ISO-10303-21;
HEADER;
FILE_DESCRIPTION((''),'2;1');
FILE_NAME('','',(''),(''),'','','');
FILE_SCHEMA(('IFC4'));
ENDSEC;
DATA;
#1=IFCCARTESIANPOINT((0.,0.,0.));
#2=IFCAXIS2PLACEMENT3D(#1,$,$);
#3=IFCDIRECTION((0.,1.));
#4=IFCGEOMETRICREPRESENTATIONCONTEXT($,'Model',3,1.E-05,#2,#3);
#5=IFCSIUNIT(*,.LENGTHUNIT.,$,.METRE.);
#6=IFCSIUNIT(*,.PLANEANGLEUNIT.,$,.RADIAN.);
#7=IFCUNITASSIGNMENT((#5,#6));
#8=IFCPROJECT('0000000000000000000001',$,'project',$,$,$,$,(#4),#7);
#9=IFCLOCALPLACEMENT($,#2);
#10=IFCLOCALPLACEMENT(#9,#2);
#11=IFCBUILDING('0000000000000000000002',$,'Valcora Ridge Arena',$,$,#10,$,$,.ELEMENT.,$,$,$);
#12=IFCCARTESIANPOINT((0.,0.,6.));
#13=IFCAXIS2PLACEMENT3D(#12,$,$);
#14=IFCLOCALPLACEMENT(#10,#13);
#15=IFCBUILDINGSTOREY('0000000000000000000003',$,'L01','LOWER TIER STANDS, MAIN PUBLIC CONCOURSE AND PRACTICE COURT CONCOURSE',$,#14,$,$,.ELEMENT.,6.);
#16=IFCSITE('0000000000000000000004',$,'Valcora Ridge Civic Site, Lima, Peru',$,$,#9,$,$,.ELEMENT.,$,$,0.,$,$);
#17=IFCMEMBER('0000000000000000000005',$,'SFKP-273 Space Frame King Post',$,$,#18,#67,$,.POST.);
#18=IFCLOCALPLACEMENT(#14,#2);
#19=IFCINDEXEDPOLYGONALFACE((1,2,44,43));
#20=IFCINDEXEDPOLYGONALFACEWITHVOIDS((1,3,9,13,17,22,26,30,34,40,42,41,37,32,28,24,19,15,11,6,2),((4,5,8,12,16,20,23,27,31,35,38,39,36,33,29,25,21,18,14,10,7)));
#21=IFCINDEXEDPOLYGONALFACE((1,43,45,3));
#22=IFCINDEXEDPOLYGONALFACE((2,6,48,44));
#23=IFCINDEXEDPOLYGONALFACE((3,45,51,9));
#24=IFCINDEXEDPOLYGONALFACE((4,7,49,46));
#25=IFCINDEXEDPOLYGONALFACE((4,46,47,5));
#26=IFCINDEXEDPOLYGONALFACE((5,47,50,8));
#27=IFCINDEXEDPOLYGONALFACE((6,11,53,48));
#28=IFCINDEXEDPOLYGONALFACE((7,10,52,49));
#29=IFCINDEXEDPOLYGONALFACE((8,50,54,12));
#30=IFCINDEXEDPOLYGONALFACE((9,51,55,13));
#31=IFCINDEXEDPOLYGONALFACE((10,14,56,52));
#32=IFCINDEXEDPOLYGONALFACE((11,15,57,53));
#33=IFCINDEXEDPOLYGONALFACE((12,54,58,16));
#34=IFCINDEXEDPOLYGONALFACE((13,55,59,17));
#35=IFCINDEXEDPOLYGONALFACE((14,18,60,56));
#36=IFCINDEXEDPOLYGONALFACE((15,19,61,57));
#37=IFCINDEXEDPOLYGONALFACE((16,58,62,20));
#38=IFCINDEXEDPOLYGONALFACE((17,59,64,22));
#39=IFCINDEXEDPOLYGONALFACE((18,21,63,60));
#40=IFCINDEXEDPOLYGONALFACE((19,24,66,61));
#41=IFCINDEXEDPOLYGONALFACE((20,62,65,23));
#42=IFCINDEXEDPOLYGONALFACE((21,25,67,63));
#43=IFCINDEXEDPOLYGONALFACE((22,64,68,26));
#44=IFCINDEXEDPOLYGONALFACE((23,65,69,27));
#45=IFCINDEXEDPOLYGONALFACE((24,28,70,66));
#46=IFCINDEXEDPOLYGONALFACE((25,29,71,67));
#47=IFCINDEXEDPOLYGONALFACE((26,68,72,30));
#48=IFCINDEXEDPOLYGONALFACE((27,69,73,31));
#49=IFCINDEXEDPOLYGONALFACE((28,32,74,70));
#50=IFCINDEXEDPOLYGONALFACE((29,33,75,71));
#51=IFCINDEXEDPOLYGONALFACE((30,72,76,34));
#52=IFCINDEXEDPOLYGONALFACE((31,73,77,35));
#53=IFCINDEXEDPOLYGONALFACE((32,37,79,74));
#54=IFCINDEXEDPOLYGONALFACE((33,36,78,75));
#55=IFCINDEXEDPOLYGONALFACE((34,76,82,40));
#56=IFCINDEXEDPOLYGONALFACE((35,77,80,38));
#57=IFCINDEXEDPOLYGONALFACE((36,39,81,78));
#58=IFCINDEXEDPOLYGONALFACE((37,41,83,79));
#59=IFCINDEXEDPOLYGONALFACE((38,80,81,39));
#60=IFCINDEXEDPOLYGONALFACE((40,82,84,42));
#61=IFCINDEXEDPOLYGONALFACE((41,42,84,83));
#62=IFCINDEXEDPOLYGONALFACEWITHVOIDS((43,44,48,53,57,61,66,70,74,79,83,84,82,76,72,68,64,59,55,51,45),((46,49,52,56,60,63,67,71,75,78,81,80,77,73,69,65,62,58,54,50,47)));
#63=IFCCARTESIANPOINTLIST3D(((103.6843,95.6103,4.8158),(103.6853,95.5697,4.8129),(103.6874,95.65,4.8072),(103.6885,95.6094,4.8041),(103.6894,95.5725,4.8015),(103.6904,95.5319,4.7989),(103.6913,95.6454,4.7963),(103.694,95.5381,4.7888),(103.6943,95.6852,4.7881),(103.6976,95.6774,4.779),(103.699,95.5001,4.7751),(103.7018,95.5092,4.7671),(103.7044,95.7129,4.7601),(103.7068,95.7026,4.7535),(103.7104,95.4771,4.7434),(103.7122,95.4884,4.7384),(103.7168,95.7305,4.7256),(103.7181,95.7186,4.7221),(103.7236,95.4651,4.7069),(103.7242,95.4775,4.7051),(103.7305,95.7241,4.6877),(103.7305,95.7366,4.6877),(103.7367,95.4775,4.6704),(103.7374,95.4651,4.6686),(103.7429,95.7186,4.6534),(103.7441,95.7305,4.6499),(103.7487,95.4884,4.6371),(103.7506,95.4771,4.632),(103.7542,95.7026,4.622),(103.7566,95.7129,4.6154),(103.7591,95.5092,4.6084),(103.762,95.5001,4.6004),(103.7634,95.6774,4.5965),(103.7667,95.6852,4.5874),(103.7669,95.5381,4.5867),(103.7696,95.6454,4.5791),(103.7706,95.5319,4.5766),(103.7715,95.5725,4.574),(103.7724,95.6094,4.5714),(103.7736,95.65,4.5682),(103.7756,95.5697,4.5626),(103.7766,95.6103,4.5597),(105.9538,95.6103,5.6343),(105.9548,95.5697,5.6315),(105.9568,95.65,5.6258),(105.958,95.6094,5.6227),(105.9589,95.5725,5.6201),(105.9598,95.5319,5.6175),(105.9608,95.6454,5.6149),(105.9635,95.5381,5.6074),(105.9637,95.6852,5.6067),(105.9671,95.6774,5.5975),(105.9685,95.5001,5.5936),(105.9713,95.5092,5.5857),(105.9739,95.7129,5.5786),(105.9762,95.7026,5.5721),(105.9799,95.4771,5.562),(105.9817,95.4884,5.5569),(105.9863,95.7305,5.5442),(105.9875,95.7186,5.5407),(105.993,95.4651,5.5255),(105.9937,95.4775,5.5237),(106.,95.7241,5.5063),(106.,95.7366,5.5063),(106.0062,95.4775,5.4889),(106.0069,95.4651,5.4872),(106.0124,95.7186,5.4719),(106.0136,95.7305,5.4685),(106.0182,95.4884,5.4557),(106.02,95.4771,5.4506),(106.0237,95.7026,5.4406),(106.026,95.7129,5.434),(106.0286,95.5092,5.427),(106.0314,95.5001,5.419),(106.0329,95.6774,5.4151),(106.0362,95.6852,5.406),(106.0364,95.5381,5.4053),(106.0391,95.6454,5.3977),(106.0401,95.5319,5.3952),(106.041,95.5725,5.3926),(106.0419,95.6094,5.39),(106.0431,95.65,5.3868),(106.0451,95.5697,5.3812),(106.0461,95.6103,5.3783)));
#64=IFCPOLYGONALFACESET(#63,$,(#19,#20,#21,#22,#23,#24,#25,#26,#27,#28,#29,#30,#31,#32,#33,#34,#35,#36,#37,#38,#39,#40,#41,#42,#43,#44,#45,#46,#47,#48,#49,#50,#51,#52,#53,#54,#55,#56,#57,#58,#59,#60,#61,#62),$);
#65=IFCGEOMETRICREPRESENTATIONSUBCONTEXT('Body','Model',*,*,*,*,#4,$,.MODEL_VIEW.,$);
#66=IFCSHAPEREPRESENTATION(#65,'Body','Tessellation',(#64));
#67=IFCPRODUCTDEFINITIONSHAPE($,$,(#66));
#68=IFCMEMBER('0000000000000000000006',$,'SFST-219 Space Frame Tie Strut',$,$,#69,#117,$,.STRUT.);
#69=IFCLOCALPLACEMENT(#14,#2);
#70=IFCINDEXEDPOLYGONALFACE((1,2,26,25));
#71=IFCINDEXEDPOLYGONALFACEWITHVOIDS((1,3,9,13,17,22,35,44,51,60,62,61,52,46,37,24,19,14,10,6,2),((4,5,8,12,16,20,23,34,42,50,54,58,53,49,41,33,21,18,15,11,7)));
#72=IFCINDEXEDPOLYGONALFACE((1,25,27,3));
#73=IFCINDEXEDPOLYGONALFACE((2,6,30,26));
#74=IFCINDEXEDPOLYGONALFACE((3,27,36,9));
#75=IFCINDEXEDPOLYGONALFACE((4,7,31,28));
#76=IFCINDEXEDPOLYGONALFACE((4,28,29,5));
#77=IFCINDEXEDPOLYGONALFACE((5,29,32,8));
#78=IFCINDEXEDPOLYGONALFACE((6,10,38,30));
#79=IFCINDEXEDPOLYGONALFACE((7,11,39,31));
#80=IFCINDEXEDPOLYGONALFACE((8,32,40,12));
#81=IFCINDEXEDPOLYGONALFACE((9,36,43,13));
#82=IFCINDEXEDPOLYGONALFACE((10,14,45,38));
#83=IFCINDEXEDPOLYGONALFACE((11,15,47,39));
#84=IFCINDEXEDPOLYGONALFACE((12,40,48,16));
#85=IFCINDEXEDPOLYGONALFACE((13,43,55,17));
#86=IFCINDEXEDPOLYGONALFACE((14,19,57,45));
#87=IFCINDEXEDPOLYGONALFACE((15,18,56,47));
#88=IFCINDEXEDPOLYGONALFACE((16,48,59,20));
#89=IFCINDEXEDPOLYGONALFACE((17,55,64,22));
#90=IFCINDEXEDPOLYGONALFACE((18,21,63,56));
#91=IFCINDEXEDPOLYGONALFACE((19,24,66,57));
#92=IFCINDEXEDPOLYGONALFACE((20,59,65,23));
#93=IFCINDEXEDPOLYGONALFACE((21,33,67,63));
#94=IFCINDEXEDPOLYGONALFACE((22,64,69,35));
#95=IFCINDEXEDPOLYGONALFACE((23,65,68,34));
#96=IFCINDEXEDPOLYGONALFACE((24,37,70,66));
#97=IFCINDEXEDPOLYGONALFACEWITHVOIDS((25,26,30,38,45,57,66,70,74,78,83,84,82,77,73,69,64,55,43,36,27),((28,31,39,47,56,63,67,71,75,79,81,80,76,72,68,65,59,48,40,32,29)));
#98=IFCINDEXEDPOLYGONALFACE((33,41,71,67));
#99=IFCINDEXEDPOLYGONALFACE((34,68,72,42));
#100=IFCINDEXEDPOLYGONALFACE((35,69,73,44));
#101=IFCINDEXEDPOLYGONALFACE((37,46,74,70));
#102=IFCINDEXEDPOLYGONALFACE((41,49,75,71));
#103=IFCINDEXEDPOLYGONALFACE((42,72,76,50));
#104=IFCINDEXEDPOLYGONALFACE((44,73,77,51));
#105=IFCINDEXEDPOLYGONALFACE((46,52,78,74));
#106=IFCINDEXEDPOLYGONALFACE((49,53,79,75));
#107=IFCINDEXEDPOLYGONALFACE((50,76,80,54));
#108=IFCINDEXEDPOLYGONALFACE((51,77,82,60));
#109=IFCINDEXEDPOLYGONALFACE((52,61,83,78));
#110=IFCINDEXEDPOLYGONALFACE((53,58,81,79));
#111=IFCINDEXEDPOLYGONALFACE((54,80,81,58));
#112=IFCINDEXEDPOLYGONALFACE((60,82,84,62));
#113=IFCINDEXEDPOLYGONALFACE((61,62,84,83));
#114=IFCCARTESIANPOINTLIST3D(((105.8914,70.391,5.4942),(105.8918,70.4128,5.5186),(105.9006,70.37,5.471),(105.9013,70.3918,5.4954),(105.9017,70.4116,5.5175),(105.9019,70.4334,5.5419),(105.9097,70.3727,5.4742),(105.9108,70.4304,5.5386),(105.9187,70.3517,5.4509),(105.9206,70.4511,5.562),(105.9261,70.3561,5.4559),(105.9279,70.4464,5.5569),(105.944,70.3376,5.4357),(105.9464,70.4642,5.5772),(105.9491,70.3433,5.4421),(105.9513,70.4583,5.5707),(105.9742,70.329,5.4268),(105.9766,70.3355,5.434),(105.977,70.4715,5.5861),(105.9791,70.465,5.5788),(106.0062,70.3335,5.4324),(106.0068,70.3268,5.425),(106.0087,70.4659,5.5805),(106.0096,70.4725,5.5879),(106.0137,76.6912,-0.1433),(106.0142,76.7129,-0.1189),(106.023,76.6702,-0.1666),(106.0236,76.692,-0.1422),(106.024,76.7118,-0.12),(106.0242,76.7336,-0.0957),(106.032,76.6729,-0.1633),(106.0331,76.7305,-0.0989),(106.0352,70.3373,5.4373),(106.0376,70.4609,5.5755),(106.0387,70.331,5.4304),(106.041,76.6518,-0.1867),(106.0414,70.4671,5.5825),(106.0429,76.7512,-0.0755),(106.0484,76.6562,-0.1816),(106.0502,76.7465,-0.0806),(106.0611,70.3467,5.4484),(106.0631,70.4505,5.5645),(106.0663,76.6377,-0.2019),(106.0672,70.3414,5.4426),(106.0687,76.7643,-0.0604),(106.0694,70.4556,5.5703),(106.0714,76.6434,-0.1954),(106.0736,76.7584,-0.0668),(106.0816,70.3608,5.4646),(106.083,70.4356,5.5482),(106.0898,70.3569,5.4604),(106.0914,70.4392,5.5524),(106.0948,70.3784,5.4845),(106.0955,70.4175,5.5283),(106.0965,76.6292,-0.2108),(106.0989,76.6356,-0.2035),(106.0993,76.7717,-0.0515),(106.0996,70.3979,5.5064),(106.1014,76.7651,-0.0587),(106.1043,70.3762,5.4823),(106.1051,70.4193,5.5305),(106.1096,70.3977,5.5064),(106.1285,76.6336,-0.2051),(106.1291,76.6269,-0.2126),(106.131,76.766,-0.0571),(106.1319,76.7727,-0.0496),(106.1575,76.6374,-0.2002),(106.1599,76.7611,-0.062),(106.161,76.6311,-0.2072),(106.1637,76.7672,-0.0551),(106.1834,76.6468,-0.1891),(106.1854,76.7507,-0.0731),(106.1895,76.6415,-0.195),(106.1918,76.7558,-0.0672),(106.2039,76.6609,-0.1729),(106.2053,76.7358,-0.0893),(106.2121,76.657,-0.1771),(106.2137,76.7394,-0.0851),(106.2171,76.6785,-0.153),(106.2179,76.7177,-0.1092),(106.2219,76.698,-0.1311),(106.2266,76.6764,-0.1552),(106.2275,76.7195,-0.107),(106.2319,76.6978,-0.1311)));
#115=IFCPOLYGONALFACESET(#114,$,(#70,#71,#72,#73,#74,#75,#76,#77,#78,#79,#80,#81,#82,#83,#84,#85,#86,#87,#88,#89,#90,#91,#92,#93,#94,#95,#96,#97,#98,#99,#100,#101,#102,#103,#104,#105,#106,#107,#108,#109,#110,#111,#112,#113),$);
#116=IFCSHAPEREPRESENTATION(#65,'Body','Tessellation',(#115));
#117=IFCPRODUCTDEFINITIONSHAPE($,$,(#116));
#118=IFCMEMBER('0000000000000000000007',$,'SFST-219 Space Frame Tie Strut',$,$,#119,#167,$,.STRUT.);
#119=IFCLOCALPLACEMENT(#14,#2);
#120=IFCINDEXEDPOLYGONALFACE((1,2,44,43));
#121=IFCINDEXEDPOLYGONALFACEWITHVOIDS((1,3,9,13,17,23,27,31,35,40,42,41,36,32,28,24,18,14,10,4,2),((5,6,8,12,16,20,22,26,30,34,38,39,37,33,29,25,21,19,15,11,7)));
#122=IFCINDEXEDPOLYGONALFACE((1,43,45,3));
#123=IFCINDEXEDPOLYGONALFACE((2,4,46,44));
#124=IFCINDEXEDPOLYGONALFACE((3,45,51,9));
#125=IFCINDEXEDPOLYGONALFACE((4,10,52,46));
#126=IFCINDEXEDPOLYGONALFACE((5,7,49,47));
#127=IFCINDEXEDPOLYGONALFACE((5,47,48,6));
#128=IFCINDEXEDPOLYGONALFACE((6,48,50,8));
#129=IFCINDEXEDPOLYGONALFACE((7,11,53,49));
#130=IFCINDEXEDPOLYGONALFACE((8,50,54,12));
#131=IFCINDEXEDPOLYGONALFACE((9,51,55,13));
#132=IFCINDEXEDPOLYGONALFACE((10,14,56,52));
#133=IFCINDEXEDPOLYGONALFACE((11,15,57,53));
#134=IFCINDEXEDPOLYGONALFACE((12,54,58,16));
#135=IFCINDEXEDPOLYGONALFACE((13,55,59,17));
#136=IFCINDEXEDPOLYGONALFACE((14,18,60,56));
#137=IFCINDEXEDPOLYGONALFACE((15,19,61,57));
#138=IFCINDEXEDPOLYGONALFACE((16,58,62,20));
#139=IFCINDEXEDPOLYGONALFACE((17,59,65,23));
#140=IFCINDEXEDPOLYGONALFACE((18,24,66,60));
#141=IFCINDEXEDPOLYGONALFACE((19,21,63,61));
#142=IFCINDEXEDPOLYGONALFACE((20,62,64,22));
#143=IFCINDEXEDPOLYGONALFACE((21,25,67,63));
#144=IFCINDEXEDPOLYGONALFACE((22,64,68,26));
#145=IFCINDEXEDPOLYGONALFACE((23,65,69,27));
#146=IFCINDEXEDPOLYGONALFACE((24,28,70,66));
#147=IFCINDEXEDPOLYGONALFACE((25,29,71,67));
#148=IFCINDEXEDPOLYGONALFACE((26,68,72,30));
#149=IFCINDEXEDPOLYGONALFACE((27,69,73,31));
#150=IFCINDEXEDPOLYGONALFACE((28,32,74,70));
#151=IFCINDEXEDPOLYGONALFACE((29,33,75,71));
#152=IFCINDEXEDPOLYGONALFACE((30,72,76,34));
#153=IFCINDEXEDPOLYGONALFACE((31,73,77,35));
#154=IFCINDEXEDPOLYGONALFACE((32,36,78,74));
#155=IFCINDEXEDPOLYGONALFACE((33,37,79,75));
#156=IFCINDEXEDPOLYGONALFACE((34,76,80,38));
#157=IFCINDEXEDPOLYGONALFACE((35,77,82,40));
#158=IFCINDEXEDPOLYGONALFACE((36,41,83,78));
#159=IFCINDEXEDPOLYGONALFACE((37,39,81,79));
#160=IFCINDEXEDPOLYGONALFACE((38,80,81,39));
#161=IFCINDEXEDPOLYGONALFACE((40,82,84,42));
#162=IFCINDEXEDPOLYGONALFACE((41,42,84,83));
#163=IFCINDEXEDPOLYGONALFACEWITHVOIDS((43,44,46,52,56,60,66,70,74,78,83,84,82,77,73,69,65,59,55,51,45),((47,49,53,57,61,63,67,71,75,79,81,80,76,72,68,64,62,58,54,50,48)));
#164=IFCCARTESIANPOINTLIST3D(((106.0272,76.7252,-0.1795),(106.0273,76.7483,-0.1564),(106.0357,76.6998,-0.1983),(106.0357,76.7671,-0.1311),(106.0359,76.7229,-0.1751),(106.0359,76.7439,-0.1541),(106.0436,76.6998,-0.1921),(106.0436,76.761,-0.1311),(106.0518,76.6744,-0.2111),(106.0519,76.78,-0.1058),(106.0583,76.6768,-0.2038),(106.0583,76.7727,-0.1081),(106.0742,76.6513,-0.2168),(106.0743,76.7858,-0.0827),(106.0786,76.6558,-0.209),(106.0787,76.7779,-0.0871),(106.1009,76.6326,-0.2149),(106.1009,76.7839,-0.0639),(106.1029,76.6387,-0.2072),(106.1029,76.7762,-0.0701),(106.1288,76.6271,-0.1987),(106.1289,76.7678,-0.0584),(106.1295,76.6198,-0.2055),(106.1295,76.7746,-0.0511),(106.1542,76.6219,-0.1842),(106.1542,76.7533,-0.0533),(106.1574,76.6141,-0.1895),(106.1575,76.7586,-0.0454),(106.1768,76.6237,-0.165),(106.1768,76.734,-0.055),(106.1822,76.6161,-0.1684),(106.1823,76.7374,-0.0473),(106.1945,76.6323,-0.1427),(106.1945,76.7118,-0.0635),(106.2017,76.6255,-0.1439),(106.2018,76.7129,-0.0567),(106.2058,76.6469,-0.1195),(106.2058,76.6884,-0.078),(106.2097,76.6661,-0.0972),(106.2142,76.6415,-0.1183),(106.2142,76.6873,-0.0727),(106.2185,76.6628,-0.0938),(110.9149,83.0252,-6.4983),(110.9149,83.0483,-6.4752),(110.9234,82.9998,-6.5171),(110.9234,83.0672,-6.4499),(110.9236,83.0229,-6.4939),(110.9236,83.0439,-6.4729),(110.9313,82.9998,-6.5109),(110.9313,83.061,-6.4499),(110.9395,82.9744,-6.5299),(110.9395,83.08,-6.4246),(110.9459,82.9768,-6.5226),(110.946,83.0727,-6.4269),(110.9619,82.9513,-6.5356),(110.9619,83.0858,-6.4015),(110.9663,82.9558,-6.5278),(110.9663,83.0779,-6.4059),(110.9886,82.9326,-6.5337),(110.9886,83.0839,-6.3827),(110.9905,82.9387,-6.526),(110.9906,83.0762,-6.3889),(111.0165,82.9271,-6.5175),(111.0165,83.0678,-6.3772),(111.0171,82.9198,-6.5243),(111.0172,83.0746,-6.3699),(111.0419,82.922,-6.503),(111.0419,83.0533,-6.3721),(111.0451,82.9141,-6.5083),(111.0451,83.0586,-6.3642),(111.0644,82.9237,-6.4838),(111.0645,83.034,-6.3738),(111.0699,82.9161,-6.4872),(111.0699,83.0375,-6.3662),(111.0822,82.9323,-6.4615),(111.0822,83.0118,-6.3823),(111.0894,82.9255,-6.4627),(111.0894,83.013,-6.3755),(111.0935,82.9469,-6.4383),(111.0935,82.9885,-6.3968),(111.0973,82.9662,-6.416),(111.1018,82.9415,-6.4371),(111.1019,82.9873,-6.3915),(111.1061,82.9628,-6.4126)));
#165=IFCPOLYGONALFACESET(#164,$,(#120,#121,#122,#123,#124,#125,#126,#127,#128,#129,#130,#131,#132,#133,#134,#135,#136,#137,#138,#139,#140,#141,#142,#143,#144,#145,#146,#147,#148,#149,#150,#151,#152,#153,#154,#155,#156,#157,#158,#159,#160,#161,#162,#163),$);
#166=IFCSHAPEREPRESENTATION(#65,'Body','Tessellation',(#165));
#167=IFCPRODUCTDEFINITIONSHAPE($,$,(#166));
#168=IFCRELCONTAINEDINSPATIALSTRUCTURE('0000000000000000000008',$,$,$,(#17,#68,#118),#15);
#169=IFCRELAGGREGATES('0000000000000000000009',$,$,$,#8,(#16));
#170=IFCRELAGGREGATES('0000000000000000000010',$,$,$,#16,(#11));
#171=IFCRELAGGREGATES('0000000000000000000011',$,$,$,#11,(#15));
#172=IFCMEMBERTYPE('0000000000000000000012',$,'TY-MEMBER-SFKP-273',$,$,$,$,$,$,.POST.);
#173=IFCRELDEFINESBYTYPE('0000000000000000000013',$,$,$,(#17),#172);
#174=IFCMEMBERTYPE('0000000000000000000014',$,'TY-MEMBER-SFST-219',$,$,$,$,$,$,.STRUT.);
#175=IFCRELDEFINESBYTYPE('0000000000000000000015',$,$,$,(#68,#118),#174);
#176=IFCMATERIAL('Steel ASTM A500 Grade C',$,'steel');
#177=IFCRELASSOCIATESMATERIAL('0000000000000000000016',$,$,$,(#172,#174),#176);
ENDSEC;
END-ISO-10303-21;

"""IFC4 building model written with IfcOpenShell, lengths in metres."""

from ifc_helpers import new_model, si_unit, direction, frame, origin, origin_2d, place, context, subcontext, project, spatial, hollow_circle, extrude, material, material_profile, profile_set, type_object, element, save


model = new_model("IFC4")

# Units and contexts
model_context = context("Model", 3, precision=1e-05, world=origin(), true_north=direction((0.0, 1.0)))
body_context = subcontext(model_context, "Body", "Model", "MODEL_VIEW")
ifc_project = project(units=[si_unit("LENGTHUNIT", "METRE"), si_unit("PLANEANGLEUNIT", "RADIAN")], contexts=[model_context])

# Site, building, storey
site_placement = place(None, origin())
site = spatial("IfcSite", under=ifc_project, at=site_placement, Name="Valcora Ridge Civic Site, Lima, Peru", CompositionType="ELEMENT", RefElevation=0.0)
building_placement = place(site_placement, origin())
building = spatial("IfcBuilding", under=site, at=building_placement, Name="Valcora Ridge Arena", CompositionType="ELEMENT")
storey_placement = place(building_placement, frame((0.0, 0.0, 6.0)))
storey = spatial("IfcBuildingStorey", under=building, at=storey_placement, Name="L01", Description="LOWER TIER STANDS, MAIN PUBLIC CONCOURSE AND PRACTICE COURT CONCOURSE", CompositionType="ELEMENT", Elevation=6.0)

# Members
ifc_material_1 = material(Name="Steel ASTM A500 Grade C", Category="steel")
ifc_material_profile_1 = material_profile(ifc_material_1, hollow_circle(Radius=0.1365, WallThickness=0.0125, at=origin_2d()), Name="CHS273X12")
ifc_profile_set_1 = profile_set([ifc_material_profile_1], Name="Steel ASTM A500 Grade C")
member_type_1 = type_object("IfcMemberType", Name="TY-MEMBER-SFKP-273", PredefinedType="POST", material=ifc_profile_set_1)
for number, where, z_axis, x_axis, name in (
    (1, (103.7305, 95.6001, 4.6877), (0.94068, 0.0, 0.339296), (0.0, 1.0, 0.0), "SFKP-273 Space Frame King Post"),
):
    element("IfcMember", number, at=place(storey_placement, frame(where, z_axis=z_axis, x_axis=x_axis)), inside=storey, type_object=member_type_1, Name=name, PredefinedType="POST", context=body_context, shape_type="SweptSolid", body=[
        extrude(hollow_circle(Radius=0.1365, WallThickness=0.0125, at=origin_2d()), origin(), (0.0, 0.0, 1.0), 2.4126),
    ])
ifc_material_profile_2 = material_profile(ifc_material_1, hollow_circle(Radius=0.1096, WallThickness=0.01, at=origin_2d()), Name="CHS219X10")
ifc_profile_set_2 = profile_set([ifc_material_profile_2], Name="Steel ASTM A500 Grade C")
member_type_2 = type_object("IfcMemberType", Name="TY-MEMBER-SFST-219", PredefinedType="STRUT", material=ifc_profile_set_2)
member_1_placement = place(storey_placement, frame((106.1223, 76.7, -0.1311), z_axis=(-0.014467, -0.74513, 0.666762), x_axis=(0.999812, -0.019411, 0.0)))
element("IfcMember", 2, at=member_1_placement, inside=storey, type_object=member_type_2, Name="SFST-219 Space Frame Tie Strut", PredefinedType="STRUT", context=body_context, shape_type="SweptSolid", body=[
    extrude(hollow_circle(Radius=0.1096, WallThickness=0.01, at=origin_2d()), origin(), (0.0, 0.0, 1.0), 8.4551),
])
member_2_placement = place(storey_placement, frame((106.1223, 76.7, -0.1311), z_axis=(0.480416, 0.619237, -0.621085), x_axis=(-0.790102, 0.612976, 0.0)))
element("IfcMember", 3, at=member_2_placement, inside=storey, type_object=member_type_2, Name="SFST-219 Space Frame Tie Strut", PredefinedType="STRUT", context=body_context, shape_type="SweptSolid", body=[
    extrude(hollow_circle(Radius=0.1096, WallThickness=0.01, at=origin_2d()), origin(), (0.0, 0.0, 1.0), 10.1738),
])

save(model, "model.ifc")
